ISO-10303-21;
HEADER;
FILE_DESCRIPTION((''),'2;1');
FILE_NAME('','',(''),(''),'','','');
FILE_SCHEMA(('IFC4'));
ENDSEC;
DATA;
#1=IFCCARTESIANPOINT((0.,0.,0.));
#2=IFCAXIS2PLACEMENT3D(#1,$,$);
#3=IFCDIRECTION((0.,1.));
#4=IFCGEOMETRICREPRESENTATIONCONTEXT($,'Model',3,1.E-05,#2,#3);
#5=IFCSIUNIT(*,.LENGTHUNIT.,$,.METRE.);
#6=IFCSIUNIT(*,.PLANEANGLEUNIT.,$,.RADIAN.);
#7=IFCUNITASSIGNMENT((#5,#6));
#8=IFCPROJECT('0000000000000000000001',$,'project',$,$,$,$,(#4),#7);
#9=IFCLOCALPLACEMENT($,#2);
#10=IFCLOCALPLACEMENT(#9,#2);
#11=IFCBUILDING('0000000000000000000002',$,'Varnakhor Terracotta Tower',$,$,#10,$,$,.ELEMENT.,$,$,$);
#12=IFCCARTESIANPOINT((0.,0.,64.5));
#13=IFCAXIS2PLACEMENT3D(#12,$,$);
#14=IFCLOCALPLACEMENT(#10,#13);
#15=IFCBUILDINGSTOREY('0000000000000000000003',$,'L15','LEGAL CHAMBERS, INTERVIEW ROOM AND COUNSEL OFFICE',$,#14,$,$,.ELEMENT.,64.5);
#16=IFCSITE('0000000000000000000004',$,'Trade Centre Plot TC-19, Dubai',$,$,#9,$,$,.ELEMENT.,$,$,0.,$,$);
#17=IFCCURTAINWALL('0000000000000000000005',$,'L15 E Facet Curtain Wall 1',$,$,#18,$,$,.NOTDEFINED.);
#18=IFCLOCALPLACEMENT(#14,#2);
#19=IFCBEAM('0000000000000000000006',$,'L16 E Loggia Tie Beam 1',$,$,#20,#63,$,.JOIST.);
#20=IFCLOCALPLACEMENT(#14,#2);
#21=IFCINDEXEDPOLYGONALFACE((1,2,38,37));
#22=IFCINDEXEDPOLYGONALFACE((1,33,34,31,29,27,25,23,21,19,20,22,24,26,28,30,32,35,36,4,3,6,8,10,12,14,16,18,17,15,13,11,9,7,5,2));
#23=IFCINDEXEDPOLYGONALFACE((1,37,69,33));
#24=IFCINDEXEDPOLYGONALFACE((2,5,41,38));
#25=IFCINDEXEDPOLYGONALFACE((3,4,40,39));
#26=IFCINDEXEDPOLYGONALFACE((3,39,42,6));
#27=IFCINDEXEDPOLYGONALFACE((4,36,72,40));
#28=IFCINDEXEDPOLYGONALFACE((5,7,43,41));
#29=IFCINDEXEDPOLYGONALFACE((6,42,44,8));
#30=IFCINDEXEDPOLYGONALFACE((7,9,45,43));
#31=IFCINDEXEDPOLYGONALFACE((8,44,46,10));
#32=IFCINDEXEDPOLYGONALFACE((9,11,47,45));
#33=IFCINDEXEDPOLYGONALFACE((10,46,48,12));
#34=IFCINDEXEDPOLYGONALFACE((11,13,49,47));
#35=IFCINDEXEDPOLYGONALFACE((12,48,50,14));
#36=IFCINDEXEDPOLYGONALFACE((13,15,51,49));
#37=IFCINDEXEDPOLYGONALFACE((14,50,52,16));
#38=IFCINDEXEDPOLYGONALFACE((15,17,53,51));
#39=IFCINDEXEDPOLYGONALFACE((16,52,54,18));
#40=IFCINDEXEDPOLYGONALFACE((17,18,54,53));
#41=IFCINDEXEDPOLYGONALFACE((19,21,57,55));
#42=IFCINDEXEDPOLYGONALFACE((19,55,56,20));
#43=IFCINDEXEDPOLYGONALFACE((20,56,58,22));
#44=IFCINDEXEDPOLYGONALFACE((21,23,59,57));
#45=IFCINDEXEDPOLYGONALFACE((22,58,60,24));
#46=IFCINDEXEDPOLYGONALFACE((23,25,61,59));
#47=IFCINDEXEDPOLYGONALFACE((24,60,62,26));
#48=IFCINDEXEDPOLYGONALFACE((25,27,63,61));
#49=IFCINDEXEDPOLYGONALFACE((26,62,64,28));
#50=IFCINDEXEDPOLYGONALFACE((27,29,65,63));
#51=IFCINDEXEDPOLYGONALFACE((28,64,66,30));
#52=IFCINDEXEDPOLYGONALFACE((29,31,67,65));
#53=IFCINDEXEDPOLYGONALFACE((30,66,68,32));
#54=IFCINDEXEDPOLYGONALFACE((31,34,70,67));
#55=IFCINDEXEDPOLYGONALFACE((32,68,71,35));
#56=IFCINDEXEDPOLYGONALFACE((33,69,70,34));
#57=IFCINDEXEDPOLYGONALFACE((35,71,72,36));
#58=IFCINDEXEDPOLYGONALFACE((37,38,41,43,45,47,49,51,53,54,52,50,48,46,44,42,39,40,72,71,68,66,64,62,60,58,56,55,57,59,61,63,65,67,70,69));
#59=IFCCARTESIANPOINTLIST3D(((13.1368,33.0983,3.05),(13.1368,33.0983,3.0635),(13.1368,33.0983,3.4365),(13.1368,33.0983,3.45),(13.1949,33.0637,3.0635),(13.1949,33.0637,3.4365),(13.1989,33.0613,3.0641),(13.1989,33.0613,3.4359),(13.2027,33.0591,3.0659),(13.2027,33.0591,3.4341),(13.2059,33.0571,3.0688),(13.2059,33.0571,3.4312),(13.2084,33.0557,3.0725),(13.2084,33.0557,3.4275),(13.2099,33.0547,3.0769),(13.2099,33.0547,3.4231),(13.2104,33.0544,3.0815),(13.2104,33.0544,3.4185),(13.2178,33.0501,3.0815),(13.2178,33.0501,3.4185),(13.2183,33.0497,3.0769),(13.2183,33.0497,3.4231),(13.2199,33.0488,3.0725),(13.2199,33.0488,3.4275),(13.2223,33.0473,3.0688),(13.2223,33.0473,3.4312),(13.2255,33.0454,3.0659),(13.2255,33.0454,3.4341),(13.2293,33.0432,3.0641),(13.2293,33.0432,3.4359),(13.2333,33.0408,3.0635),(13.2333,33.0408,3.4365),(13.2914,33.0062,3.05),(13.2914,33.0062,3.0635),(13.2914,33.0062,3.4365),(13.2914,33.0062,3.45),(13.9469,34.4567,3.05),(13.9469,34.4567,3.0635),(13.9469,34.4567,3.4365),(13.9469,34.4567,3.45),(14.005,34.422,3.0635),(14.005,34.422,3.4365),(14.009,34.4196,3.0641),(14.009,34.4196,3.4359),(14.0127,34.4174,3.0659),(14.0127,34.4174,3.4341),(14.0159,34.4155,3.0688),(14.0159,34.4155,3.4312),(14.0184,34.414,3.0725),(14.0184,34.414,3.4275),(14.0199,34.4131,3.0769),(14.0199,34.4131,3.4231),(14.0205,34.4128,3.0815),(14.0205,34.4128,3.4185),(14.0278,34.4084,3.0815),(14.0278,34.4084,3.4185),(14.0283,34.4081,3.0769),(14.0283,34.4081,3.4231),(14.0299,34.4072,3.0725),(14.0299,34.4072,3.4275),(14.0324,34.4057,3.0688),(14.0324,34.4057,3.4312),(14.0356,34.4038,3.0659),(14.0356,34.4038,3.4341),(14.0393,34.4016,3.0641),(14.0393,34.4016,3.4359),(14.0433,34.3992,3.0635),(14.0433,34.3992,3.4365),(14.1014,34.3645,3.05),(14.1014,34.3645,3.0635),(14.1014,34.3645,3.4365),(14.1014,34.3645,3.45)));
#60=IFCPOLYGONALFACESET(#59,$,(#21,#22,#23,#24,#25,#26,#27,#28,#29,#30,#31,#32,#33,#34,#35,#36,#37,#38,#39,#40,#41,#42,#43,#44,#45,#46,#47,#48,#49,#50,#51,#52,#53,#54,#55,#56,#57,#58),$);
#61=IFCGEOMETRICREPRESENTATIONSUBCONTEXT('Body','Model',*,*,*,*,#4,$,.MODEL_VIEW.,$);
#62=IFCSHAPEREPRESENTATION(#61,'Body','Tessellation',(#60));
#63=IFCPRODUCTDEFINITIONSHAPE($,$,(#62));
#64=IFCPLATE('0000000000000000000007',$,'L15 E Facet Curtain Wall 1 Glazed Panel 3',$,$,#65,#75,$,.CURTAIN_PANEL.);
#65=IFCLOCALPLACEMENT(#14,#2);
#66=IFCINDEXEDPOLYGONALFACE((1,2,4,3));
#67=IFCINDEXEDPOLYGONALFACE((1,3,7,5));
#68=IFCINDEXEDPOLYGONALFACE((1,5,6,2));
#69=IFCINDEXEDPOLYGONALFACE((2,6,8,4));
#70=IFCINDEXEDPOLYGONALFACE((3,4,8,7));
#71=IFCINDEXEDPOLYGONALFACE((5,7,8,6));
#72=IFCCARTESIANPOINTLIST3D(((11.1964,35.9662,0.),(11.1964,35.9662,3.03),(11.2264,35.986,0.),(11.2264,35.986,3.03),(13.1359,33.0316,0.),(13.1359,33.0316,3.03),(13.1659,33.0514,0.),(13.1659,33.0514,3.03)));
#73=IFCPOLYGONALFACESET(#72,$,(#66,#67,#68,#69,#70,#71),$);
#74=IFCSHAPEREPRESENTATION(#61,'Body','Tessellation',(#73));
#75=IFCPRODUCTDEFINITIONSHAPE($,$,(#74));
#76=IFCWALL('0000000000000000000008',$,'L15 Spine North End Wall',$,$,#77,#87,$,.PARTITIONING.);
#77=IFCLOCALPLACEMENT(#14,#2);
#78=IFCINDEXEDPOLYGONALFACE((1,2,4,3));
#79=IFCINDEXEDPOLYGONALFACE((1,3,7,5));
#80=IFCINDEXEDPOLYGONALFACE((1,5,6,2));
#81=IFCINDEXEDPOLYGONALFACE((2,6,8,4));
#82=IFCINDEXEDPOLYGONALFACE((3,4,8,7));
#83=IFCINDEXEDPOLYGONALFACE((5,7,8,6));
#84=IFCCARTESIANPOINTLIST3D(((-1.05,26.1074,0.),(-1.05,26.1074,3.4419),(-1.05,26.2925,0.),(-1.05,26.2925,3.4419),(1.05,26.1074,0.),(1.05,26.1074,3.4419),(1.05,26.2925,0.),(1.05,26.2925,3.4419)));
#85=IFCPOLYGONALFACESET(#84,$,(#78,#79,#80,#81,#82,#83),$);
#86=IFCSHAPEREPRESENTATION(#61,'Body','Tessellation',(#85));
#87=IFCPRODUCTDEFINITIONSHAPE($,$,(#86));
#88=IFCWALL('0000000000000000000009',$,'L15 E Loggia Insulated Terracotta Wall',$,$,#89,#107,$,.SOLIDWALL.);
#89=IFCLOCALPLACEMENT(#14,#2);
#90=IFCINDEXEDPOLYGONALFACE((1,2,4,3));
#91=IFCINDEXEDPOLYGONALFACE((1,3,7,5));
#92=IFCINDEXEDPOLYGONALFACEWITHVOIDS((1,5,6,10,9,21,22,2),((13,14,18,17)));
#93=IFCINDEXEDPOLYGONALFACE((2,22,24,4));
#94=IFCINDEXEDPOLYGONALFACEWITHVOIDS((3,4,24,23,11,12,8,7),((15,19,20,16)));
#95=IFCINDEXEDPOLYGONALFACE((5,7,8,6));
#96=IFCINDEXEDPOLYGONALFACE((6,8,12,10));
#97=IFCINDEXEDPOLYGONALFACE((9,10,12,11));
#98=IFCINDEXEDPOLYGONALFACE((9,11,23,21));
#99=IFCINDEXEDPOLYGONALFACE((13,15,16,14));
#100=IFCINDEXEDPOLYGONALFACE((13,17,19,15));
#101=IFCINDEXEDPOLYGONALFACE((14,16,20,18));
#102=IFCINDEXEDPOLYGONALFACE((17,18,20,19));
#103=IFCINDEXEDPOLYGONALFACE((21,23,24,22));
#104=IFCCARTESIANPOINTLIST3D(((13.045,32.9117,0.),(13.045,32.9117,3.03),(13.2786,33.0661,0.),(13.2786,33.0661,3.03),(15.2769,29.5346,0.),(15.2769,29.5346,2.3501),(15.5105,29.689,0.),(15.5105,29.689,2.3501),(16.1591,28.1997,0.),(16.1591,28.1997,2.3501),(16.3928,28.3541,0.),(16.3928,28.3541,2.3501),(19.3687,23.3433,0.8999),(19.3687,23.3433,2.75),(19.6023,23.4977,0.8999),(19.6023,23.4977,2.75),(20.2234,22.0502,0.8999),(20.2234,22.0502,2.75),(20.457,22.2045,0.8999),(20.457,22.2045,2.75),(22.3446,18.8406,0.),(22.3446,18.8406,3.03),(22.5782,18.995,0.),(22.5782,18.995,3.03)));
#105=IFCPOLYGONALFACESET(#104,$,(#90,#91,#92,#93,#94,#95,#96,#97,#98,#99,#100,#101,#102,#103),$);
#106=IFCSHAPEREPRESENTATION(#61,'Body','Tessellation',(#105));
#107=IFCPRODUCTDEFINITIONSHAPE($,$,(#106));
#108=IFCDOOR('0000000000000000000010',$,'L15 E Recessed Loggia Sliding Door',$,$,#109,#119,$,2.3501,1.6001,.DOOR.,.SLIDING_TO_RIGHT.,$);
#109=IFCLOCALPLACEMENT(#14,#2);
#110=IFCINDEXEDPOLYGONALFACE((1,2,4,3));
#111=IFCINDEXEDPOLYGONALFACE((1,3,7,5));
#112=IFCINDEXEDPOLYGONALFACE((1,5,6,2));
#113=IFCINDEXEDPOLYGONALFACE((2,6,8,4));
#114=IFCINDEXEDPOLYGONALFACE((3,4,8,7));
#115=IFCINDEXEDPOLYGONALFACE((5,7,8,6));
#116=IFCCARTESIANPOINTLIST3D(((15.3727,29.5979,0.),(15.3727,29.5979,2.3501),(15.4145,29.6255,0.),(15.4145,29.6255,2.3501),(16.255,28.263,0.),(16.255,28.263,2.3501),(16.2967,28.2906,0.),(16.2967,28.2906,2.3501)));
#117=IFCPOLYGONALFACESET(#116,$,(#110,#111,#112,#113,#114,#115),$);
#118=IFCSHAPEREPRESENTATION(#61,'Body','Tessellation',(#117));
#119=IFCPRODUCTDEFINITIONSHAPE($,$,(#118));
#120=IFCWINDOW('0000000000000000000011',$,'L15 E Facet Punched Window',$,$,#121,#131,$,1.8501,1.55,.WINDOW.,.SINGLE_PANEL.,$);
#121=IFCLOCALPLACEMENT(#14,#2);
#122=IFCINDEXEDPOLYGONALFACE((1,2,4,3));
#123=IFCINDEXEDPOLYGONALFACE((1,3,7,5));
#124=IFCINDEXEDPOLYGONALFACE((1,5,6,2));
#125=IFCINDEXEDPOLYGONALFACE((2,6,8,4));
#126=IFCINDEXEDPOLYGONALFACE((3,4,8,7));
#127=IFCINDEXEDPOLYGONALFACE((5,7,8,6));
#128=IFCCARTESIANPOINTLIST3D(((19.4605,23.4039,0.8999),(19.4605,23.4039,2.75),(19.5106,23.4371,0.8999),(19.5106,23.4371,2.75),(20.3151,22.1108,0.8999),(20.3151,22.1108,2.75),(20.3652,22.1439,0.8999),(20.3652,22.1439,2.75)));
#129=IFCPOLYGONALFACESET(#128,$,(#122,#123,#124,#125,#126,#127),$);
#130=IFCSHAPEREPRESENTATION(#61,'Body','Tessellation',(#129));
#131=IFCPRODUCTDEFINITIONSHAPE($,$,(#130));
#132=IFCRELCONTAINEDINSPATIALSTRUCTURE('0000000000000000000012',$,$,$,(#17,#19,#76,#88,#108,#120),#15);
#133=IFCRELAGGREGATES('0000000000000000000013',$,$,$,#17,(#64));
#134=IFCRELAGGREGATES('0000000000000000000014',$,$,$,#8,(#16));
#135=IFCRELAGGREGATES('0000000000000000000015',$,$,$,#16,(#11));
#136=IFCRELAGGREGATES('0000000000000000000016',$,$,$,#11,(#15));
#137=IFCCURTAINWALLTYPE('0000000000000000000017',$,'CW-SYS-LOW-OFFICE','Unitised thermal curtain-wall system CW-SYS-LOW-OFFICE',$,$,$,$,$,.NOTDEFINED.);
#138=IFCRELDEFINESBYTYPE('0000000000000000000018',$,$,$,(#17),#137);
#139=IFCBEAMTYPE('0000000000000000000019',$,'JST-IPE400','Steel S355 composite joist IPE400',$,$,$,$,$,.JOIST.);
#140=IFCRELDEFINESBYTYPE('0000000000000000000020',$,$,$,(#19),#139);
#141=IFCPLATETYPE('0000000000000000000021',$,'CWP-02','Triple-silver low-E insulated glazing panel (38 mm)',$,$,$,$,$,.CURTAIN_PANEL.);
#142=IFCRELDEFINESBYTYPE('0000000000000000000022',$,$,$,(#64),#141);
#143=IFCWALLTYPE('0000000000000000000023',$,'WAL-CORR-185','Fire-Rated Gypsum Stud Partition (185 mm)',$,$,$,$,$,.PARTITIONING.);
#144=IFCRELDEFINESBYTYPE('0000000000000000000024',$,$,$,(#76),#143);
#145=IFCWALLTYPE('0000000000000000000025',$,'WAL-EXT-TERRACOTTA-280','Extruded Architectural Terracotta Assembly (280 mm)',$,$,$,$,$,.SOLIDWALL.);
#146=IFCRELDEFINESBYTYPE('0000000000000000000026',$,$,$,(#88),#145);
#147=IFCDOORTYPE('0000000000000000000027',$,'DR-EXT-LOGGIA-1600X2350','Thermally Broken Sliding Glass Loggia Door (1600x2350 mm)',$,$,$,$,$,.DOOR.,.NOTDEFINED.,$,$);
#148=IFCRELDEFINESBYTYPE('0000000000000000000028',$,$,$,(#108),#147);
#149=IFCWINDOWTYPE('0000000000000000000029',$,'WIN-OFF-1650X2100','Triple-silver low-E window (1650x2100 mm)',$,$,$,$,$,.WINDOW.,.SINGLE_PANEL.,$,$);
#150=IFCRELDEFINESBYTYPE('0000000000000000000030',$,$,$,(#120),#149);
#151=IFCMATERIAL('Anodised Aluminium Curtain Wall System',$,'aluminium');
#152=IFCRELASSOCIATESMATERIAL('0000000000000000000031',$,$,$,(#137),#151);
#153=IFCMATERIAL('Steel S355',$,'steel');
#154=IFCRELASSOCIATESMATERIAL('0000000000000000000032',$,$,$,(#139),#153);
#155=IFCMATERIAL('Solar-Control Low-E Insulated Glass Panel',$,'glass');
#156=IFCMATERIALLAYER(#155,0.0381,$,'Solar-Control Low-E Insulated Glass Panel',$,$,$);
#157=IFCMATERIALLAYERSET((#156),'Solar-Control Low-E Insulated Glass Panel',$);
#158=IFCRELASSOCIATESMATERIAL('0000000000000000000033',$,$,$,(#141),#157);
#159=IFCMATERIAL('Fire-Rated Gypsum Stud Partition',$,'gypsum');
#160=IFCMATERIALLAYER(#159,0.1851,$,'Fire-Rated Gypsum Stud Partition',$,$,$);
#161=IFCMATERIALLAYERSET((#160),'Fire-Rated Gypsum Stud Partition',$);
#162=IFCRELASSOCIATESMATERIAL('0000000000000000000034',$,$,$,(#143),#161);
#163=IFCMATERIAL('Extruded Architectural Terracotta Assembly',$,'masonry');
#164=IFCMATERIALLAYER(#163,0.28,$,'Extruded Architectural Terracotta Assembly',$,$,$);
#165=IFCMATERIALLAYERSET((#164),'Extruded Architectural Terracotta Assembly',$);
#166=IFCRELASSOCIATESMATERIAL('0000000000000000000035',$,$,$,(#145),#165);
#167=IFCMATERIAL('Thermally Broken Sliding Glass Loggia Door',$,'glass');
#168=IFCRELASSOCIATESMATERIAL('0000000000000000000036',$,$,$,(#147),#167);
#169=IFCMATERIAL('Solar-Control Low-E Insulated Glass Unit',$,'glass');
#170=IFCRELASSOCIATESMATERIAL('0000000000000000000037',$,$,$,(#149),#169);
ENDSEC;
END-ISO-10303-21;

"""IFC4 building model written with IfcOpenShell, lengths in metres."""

from ifc_helpers import new_model, si_unit, direction, frame, frame_2d, origin, origin_2d, place, context, subcontext, project, spatial, rectangle, i_section, extrude, source, transform, mapped, material, layer, layer_set, material_profile, profile_set, type_object, type_shapes, element, fill, aggregate, save


model = new_model("IFC4")

# Units and contexts
model_context = context("Model", 3, precision=1e-05, world=origin(), true_north=direction((0.0, 1.0)))
body_context = subcontext(model_context, "Body", "Model", "MODEL_VIEW")
ifc_project = project(units=[si_unit("LENGTHUNIT", "METRE"), si_unit("PLANEANGLEUNIT", "RADIAN")], contexts=[model_context])

# Site, building, storey
site_placement = place(None, origin())
site = spatial("IfcSite", under=ifc_project, at=site_placement, Name="Trade Centre Plot TC-19, Dubai", CompositionType="ELEMENT", RefElevation=0.0)
building_placement = place(site_placement, origin())
building = spatial("IfcBuilding", under=site, at=building_placement, Name="Varnakhor Terracotta Tower", CompositionType="ELEMENT")
storey_placement = place(building_placement, frame((0.0, 0.0, 64.5)))
storey = spatial("IfcBuildingStorey", under=building, at=storey_placement, Name="L15", Description="LEGAL CHAMBERS, INTERVIEW ROOM AND COUNSEL OFFICE", CompositionType="ELEMENT", Elevation=64.5)

# Shared definitions
ifc_material_1 = material(Name="Steel S355", Category="steel")

# Curtain wall
ifc_material_2 = material(Name="Anodised Aluminium Curtain Wall System", Category="aluminium")
curtain_wall_type = type_object("IfcCurtainWallType", Name="CW-SYS-LOW-OFFICE", Description="Unitised thermal curtain-wall system CW-SYS-LOW-OFFICE", PredefinedType="NOTDEFINED", material=ifc_material_2)
curtain_wall_placement = place(storey_placement, origin())
curtain_wall = element("IfcCurtainWall", 1, at=curtain_wall_placement, inside=storey, type_object=curtain_wall_type, Name="L15 E Facet Curtain Wall 1", PredefinedType="NOTDEFINED")

# Beam
ifc_material_profile_1 = material_profile(ifc_material_1, i_section(OverallWidth=0.1799, OverallDepth=0.3999, WebThickness=0.0085, FlangeThickness=0.0134, FilletRadius=0.0181, at=origin_2d()), Name="IPE400")
ifc_profile_set_1 = profile_set([ifc_material_profile_1], Name="Steel S355")
beam_type_1 = type_object("IfcBeamType", Name="JST-IPE400", Description="Steel S355 composite joist IPE400", PredefinedType="JOIST", material=ifc_profile_set_1)
shared_shape_1 = source(origin(), body_context, "Body", "SweptSolid", [
    extrude(i_section(OverallWidth=0.1799, OverallDepth=0.3999, WebThickness=0.0085, FlangeThickness=0.0134, FilletRadius=0.0181, at=origin_2d()), origin(), (0.0, 0.0, 1.0), 1.5815),
])
beam_1_placement = place(storey_placement, frame((13.2141, 33.0522, 3.25), z_axis=(0.512178, 0.858879, 0.0), x_axis=(-0.858879, 0.512178, 0.0)))
element("IfcBeam", 2, at=beam_1_placement, inside=storey, type_object=beam_type_1, Name="L16 E Loggia Tie Beam 1", PredefinedType="JOIST", context=body_context, shape_type="MappedRepresentation", body=[
    mapped(shared_shape_1, transform((0.0, 0.0, 0.0), scale=1.0)),
])

# Plate
ifc_material_3 = material(Name="Solar-Control Low-E Insulated Glass Panel", Category="glass")
ifc_layer_1 = layer(ifc_material_3, 0.0381, Name="Solar-Control Low-E Insulated Glass Panel")
ifc_layer_set_1 = layer_set([ifc_layer_1], Name="Solar-Control Low-E Insulated Glass Panel")
plate_type = type_object("IfcPlateType", Name="CWP-02", Description="Triple-silver low-E insulated glazing panel (38 mm)", PredefinedType="CURTAIN_PANEL", material=ifc_layer_set_1)
shared_shape_2 = source(origin(), body_context, "Body", "SweptSolid", [
    extrude(rectangle(XDim=3.5176, YDim=0.0359, at=origin_2d()), origin(), (0.0, 0.0, 1.0), 3.03),
])
plate_placement = place(storey_placement, frame((12.1812, 34.5088, 0.0), z_axis=(0.0, 0.0, 1.0), x_axis=(0.551369, -0.834261, 0.0)))
plate = element("IfcPlate", 3, at=plate_placement, type_object=plate_type, Name="L15 E Facet Curtain Wall 1 Glazed Panel 3", PredefinedType="CURTAIN_PANEL", context=body_context, shape_type="MappedRepresentation", body=[
    mapped(shared_shape_2, transform((0.0, 0.0, 0.0), scale=1.0)),
])
aggregate(curtain_wall, [plate])

# Wall
ifc_material_4 = material(Name="Fire-Rated Gypsum Stud Partition", Category="gypsum")
ifc_layer_2 = layer(ifc_material_4, 0.1851, Name="Fire-Rated Gypsum Stud Partition")
ifc_layer_set_2 = layer_set([ifc_layer_2], Name="Fire-Rated Gypsum Stud Partition")
wall_type_1 = type_object("IfcWallType", Name="WAL-CORR-185", Description="Fire-Rated Gypsum Stud Partition (185 mm)", PredefinedType="PARTITIONING", material=ifc_layer_set_2)
wall_1_placement = place(storey_placement, frame((-1.05, 26.2, 0.0), z_axis=(0.0, 0.0, 1.0), x_axis=(1.0, 0.0, 0.0)))
element("IfcWall", 4, at=wall_1_placement, inside=storey, type_object=wall_type_1, Name="L15 Spine North End Wall", PredefinedType="PARTITIONING", context=body_context, shape_type="SweptSolid", body=[
    extrude(rectangle(XDim=2.1001, YDim=0.1851, at=frame_2d((1.05, 0.0))), origin(), (0.0, 0.0, 1.0), 3.4419),
])

# Wall, openings, door, window
ifc_material_5 = material(Name="Extruded Architectural Terracotta Assembly", Category="masonry")
ifc_layer_3 = layer(ifc_material_5, 0.28, Name="Extruded Architectural Terracotta Assembly")
ifc_layer_set_3 = layer_set([ifc_layer_3], Name="Extruded Architectural Terracotta Assembly")
wall_type_2 = type_object("IfcWallType", Name="WAL-EXT-TERRACOTTA-280", Description="Extruded Architectural Terracotta Assembly (280 mm)", PredefinedType="SOLIDWALL", material=ifc_layer_set_3)
wall_2_placement = place(storey_placement, frame((13.1619, 32.9888, 0.0), z_axis=(0.0, 0.0, 1.0), x_axis=(0.551365, -0.834264, 0.0)))
wall_2 = element("IfcWall", 5, at=wall_2_placement, inside=storey, type_object=wall_type_2, Name="L15 E Loggia Insulated Terracotta Wall", PredefinedType="SOLIDWALL", context=body_context, shape_type="SweptSolid", body=[
    extrude(rectangle(XDim=16.8665, YDim=0.28, at=frame_2d((8.4331, 0.0))), origin(), (0.0, 0.0, 1.0), 3.03),
])
opening_1_placement = place(wall_2_placement, frame((4.0479, 0.0, 0.0)))
opening_1 = element("IfcOpeningElement", 6, at=opening_1_placement, cuts=wall_2, PredefinedType="OPENING", context=body_context, shape_type="SweptSolid", body=[
    extrude(rectangle(XDim=1.6001, YDim=2.3501, at=frame_2d((0.8, 1.175))), frame((0.0, 0.1499, 0.0), z_axis=(0.0, -1.0, 0.0), x_axis=(1.0, 0.0, 0.0)), (0.0, 0.0, 1.0), 0.3),
])
opening_2_placement = place(wall_2_placement, frame((11.4692, 0.0, 0.8999)))
opening_2 = element("IfcOpeningElement", 7, at=opening_2_placement, cuts=wall_2, PredefinedType="OPENING", context=body_context, shape_type="SweptSolid", body=[
    extrude(rectangle(XDim=1.55, YDim=1.8501, at=frame_2d((0.7749, 0.925))), frame((0.0, 0.1499, 0.0), z_axis=(0.0, -1.0, 0.0), x_axis=(1.0, 0.0, 0.0)), (0.0, 0.0, 1.0), 0.3),
])
ifc_material_6 = material(Name="Thermally Broken Sliding Glass Loggia Door", Category="glass")
door_type_1 = type_object("IfcDoorType", Name="DR-EXT-LOGGIA-1600X2350", Description="Thermally Broken Sliding Glass Loggia Door (1600x2350 mm)", OperationType="NOTDEFINED", PredefinedType="DOOR", material=ifc_material_6)
shared_shape_3 = source(origin(), body_context, "Body", "SweptSolid", [
    extrude(rectangle(XDim=1.6001, YDim=2.3501, at=frame_2d((0.8, 1.175))), frame((0.0, 0.0249, 0.0), z_axis=(0.0, -1.0, 0.0), x_axis=(1.0, 0.0, 0.0)), (0.0, 0.0, 1.0), 0.05),
])
type_shapes(door_type_1, [shared_shape_3])
door_1_placement = place(opening_1_placement, origin())
door_1 = element("IfcDoor", 8, at=door_1_placement, inside=storey, type_object=door_type_1, Name="L15 E Recessed Loggia Sliding Door", OperationType="SLIDING_TO_RIGHT", OverallHeight=2.3501, OverallWidth=1.6001, PredefinedType="DOOR", context=body_context, shape_type="MappedRepresentation", body=[
    mapped(shared_shape_3, transform((0.0, 0.0, 0.0), scale=1.0)),
])
fill(opening_1, door_1)
ifc_material_7 = material(Name="Solar-Control Low-E Insulated Glass Unit", Category="glass")
window_type = type_object("IfcWindowType", Name="WIN-OFF-1650X2100", Description="Triple-silver low-E window (1650x2100 mm)", PartitioningType="SINGLE_PANEL", PredefinedType="WINDOW", material=ifc_material_7)
shared_shape_4 = source(origin(), body_context, "Body", "SweptSolid", [
    extrude(rectangle(XDim=1.55, YDim=1.8501, at=frame_2d((0.7749, 0.925))), frame((0.0, 0.03, 0.0), z_axis=(0.0, -1.0, 0.0), x_axis=(1.0, 0.0, 0.0)), (0.0, 0.0, 1.0), 0.0601),
])
type_shapes(window_type, [shared_shape_4])
window_placement = place(opening_2_placement, origin())
window = element("IfcWindow", 9, at=window_placement, inside=storey, type_object=window_type, Name="L15 E Facet Punched Window", OverallHeight=1.8501, OverallWidth=1.55, PartitioningType="SINGLE_PANEL", PredefinedType="WINDOW", context=body_context, shape_type="MappedRepresentation", body=[
    mapped(shared_shape_4, transform((0.0, 0.0, 0.0), scale=1.0)),
])
fill(opening_2, window)

save(model, "model.ifc")
